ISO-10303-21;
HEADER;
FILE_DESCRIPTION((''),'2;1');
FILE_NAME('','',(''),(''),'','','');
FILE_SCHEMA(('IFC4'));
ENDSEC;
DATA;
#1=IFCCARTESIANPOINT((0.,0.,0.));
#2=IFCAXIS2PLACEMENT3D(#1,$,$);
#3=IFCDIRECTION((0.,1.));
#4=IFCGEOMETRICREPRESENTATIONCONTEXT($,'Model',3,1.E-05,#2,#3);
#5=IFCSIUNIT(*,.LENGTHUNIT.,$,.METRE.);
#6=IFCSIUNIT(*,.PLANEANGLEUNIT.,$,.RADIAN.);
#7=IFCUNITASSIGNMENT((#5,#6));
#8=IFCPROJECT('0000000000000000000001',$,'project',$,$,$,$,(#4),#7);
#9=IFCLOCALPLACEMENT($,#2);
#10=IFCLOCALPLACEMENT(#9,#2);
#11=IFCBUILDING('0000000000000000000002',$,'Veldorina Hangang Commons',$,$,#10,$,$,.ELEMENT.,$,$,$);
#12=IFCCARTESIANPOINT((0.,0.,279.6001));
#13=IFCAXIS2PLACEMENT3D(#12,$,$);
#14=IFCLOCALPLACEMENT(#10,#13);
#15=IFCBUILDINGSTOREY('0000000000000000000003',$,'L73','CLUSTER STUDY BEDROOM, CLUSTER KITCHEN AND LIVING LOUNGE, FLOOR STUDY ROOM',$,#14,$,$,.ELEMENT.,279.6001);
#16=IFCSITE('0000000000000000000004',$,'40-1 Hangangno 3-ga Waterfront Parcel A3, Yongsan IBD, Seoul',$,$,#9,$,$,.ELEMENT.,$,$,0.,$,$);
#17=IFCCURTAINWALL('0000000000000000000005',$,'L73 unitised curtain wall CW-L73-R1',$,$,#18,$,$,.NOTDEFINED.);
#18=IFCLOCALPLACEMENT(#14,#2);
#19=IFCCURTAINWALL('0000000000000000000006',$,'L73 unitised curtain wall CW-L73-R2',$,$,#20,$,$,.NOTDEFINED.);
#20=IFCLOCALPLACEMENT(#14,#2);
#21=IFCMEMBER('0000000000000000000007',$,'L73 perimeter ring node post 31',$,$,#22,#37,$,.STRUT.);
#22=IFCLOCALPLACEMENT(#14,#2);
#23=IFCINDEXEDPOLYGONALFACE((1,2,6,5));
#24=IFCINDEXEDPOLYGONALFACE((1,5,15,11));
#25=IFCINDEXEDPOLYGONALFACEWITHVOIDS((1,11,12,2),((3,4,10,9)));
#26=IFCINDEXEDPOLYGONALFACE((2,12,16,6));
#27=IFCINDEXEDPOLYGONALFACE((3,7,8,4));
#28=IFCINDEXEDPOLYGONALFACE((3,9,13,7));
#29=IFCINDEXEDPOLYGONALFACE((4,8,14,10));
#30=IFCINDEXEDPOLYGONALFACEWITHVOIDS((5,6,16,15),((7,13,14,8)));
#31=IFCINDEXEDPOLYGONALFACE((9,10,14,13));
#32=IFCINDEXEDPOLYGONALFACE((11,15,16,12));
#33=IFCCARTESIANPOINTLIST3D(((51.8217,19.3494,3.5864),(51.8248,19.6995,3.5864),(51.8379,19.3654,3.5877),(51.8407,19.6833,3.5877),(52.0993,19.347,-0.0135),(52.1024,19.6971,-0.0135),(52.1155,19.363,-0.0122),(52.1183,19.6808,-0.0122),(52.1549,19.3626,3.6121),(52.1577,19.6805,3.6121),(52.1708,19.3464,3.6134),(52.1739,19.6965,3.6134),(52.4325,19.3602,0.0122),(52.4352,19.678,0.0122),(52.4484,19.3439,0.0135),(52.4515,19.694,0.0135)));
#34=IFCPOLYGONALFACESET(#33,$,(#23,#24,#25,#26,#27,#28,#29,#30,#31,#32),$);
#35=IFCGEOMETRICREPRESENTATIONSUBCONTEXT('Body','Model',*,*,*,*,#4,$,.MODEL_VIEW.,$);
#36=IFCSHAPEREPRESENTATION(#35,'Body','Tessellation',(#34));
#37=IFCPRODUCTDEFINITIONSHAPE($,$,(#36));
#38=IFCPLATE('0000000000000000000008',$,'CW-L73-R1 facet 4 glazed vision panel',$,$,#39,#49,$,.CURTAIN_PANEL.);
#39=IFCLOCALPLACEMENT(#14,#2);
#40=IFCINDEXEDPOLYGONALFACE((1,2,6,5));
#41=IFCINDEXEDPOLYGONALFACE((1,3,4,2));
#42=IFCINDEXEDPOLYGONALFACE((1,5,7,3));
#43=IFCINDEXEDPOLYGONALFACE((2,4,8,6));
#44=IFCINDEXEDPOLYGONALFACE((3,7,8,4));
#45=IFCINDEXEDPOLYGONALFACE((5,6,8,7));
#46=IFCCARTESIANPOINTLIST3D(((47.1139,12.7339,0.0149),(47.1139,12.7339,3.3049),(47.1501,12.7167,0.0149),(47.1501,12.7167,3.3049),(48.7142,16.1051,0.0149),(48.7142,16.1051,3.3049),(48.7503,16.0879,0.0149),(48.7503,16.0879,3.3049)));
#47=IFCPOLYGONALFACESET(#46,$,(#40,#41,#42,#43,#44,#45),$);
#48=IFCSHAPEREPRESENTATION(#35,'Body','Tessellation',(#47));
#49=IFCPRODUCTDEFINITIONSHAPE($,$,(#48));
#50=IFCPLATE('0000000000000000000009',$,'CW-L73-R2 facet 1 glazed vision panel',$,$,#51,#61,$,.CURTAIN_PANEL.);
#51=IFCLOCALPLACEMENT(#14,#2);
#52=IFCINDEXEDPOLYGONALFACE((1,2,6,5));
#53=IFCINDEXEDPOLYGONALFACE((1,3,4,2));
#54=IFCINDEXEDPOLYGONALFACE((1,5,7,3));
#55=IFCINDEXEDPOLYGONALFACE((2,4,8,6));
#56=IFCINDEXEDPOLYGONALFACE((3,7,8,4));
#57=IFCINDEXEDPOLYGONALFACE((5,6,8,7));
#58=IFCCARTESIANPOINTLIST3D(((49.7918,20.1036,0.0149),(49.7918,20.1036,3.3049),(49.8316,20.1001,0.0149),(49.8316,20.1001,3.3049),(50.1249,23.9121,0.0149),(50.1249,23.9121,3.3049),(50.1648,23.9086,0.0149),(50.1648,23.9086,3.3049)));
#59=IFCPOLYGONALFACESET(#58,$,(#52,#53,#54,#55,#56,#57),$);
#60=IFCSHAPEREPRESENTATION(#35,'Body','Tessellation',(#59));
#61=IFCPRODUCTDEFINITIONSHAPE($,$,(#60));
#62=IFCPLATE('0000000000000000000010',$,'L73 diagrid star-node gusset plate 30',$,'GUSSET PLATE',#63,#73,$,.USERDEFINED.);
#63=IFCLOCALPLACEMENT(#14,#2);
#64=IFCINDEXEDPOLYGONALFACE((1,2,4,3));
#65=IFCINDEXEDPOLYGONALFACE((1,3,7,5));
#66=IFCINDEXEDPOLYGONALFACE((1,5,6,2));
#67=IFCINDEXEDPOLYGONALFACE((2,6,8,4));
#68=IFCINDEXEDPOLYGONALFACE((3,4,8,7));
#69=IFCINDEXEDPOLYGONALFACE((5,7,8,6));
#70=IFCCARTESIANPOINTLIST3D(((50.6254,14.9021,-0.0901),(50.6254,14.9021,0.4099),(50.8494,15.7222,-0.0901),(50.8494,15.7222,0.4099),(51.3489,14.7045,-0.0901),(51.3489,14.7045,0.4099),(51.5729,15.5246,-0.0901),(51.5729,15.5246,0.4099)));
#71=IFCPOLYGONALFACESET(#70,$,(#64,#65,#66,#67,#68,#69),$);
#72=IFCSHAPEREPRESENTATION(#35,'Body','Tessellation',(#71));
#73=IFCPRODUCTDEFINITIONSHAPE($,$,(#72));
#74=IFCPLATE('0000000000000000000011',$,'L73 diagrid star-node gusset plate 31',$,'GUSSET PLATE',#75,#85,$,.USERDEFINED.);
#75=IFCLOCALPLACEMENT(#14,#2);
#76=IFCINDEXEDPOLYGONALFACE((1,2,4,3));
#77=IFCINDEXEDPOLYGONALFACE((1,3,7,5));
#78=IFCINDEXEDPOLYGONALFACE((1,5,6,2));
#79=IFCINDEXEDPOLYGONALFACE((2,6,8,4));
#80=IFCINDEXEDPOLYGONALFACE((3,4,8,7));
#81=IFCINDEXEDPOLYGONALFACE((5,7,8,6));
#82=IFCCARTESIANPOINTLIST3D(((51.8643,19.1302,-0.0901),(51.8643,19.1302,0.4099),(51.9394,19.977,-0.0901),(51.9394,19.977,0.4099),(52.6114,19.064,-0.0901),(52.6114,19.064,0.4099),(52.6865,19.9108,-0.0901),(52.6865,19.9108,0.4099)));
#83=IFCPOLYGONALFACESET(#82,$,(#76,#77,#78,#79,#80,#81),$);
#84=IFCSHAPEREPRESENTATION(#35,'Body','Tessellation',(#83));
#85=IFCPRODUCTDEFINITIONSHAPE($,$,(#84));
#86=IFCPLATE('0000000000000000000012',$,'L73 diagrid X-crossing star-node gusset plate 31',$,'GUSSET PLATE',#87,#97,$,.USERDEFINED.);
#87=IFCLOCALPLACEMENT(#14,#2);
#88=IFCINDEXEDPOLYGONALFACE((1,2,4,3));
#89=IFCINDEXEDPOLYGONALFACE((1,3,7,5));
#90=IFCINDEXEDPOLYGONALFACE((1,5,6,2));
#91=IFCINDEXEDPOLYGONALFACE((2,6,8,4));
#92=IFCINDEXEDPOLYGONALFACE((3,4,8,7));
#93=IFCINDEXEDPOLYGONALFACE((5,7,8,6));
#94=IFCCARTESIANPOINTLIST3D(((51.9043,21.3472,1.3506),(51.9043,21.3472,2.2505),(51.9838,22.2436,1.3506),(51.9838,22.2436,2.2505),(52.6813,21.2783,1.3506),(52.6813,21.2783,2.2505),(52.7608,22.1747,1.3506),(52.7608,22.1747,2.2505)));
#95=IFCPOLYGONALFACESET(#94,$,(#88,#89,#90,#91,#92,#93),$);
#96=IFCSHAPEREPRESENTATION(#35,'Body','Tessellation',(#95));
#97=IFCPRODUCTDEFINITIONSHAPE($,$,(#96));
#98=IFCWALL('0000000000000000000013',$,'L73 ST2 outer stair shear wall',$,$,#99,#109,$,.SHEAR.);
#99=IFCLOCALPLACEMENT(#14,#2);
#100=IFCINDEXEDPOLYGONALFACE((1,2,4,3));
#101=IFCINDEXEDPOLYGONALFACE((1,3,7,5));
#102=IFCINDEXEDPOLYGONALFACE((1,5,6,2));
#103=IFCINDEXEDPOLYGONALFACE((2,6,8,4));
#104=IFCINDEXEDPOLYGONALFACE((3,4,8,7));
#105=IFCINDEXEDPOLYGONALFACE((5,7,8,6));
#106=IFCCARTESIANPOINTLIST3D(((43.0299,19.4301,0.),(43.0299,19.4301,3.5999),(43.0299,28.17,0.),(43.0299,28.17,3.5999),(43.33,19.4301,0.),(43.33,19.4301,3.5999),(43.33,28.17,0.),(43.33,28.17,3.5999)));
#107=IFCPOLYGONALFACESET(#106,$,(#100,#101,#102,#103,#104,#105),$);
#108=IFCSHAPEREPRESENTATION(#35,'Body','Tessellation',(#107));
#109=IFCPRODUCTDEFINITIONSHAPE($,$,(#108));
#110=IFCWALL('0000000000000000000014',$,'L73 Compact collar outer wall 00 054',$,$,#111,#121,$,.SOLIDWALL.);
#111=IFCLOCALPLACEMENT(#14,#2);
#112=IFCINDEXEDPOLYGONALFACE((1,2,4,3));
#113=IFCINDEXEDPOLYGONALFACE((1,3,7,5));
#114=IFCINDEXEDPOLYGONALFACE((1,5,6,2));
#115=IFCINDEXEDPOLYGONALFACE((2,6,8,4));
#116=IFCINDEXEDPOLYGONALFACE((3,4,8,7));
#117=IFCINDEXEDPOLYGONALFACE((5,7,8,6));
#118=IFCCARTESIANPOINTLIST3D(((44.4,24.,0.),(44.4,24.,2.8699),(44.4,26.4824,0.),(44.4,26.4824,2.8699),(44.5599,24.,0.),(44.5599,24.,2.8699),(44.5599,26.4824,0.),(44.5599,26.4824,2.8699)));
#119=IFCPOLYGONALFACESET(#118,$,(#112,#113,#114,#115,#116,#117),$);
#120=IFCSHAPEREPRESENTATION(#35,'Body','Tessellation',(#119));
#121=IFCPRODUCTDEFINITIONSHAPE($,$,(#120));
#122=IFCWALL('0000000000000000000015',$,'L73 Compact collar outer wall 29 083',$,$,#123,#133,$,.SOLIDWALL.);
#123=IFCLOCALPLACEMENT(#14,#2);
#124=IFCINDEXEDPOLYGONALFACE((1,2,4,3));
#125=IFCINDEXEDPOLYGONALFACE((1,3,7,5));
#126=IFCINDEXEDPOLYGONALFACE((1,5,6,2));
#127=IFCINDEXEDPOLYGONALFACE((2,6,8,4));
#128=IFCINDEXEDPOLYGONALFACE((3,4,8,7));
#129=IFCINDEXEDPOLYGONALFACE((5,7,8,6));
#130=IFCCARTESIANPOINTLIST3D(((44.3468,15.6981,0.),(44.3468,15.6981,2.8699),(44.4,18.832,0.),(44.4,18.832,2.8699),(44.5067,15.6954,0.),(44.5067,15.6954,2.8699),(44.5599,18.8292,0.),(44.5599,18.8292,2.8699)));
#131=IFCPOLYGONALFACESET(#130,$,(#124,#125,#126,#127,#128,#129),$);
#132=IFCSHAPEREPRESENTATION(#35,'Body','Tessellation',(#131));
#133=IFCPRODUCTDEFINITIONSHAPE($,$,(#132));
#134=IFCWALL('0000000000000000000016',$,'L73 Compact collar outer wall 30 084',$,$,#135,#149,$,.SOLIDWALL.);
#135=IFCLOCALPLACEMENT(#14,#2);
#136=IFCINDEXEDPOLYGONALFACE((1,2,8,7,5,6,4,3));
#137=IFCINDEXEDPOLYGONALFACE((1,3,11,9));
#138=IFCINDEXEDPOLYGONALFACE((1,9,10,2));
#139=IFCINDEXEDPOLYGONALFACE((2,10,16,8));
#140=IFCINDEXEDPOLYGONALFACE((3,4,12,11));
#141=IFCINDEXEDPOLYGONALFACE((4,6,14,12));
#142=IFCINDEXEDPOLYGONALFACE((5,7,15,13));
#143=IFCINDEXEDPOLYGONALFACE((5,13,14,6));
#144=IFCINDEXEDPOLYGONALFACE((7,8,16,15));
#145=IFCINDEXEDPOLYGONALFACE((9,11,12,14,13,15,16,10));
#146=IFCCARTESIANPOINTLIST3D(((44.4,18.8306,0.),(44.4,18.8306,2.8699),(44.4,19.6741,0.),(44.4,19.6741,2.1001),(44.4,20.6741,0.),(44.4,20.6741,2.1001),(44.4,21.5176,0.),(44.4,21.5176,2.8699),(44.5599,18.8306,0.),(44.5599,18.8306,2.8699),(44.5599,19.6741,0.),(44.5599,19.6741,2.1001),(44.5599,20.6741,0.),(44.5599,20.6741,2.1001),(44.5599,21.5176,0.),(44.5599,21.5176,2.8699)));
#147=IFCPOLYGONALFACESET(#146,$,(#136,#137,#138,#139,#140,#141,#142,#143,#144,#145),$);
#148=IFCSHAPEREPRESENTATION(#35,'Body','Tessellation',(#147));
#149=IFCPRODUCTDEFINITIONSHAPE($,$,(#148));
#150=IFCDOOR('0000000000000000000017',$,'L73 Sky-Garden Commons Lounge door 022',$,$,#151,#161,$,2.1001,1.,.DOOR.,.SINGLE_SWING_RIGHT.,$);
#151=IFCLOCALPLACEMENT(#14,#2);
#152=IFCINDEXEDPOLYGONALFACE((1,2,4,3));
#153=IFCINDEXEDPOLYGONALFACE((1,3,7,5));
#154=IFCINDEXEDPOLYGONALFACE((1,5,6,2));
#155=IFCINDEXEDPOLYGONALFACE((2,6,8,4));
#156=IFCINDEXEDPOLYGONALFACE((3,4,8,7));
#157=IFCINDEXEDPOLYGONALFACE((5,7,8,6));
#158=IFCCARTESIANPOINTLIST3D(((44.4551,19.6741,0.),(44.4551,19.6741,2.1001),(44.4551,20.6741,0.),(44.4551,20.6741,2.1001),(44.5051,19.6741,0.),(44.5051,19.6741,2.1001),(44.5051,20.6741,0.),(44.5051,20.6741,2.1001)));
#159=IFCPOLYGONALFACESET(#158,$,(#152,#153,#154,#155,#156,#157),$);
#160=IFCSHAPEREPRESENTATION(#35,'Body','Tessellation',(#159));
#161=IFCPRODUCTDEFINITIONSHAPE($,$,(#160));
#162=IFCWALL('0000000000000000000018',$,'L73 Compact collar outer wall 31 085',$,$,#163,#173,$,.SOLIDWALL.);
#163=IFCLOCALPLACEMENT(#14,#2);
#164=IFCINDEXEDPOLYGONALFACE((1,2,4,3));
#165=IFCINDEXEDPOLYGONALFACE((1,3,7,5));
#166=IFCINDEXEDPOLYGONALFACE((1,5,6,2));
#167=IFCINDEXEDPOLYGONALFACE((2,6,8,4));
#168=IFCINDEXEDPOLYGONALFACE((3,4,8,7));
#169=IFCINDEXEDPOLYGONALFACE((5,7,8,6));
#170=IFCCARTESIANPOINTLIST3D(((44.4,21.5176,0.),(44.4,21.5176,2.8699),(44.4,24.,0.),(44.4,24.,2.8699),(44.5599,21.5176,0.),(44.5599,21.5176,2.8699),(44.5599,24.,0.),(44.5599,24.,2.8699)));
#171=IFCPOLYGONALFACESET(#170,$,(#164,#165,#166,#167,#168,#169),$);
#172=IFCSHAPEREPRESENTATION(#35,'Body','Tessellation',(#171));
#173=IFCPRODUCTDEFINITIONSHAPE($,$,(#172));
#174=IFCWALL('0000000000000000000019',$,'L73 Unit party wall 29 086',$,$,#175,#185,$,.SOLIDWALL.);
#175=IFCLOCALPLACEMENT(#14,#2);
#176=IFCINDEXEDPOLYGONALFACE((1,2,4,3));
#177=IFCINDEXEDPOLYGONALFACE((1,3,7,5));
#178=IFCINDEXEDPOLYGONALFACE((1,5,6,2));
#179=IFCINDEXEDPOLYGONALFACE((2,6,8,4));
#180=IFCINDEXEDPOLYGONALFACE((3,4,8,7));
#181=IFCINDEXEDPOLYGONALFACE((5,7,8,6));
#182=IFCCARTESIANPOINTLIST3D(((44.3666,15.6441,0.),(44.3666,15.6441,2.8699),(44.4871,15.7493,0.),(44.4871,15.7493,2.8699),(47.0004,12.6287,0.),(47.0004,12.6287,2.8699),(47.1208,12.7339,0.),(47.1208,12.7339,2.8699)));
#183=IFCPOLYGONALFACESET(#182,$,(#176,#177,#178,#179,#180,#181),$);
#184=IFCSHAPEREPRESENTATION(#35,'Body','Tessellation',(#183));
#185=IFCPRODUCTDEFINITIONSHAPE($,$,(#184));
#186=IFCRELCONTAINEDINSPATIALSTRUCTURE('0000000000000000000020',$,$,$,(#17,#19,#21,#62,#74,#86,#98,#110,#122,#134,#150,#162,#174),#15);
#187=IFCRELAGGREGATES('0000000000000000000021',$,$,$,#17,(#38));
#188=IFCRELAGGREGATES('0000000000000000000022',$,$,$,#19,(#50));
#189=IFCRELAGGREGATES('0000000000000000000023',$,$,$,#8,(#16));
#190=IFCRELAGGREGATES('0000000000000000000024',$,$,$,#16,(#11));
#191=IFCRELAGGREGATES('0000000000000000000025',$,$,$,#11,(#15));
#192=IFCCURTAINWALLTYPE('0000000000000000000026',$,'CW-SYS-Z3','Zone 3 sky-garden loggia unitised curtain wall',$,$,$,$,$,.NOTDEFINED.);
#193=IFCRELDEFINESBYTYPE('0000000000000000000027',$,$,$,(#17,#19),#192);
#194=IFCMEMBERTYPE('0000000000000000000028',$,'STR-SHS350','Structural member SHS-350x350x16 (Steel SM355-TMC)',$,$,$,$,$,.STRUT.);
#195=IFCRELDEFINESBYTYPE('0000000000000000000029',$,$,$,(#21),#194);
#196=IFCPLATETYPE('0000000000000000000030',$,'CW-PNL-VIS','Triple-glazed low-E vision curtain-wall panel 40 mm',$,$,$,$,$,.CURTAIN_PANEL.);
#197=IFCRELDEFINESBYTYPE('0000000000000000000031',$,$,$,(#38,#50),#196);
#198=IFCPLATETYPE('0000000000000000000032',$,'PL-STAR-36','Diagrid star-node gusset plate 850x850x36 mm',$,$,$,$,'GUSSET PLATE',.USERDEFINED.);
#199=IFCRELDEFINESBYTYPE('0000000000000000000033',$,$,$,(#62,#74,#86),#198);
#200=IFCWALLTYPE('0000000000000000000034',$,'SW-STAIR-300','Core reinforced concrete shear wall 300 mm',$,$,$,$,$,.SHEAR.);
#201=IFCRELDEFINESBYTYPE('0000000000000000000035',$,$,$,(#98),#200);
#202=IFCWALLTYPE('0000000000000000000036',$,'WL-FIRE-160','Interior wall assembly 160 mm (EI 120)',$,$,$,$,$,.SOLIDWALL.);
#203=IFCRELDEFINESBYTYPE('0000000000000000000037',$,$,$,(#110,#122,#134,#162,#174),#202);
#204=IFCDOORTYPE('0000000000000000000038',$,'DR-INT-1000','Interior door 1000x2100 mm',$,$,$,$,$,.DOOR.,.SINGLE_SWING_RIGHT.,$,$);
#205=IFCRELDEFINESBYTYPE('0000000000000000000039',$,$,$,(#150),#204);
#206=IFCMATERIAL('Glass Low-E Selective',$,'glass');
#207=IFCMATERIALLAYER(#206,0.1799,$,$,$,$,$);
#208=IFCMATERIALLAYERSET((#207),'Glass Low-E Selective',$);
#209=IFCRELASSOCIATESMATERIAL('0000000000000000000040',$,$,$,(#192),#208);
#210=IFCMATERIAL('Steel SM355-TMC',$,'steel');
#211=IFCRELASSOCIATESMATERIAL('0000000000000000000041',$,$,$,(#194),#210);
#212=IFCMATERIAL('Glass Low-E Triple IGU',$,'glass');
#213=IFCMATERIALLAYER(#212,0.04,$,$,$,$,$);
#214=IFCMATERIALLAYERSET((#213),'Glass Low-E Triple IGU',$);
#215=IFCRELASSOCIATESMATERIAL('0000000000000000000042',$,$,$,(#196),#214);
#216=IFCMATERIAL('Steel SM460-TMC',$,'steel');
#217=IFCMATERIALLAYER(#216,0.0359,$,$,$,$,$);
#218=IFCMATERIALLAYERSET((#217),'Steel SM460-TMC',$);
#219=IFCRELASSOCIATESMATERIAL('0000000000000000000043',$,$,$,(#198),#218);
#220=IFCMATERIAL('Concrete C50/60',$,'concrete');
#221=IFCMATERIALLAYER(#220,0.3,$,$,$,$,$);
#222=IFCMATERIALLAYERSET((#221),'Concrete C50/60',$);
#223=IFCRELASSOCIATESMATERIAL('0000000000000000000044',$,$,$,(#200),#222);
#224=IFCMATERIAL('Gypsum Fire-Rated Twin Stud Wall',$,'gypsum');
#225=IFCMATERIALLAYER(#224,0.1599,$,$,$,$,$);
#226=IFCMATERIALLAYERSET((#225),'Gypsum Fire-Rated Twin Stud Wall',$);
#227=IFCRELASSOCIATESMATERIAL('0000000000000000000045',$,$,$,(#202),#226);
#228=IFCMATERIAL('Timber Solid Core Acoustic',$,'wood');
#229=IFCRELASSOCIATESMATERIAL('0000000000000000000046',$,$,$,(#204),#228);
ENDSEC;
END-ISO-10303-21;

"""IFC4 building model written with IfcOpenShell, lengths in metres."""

from ifc_helpers import new_model, si_unit, direction, frame, frame_2d, origin, origin_2d, place, context, subcontext, project, spatial, rectangle, hollow_rectangle, extrude, material, layer, layer_set, material_profile, profile_set, type_object, element, fill, aggregate, save


model = new_model("IFC4")

# Units and contexts
model_context = context("Model", 3, precision=1e-05, world=origin(), true_north=direction((0.0, 1.0)))
body_context = subcontext(model_context, "Body", "Model", "MODEL_VIEW")
ifc_project = project(units=[si_unit("LENGTHUNIT", "METRE"), si_unit("PLANEANGLEUNIT", "RADIAN")], contexts=[model_context])

# Site, building, storey
site_placement = place(None, origin())
site = spatial("IfcSite", under=ifc_project, at=site_placement, Name="40-1 Hangangno 3-ga Waterfront Parcel A3, Yongsan IBD, Seoul", CompositionType="ELEMENT", RefElevation=0.0)
building_placement = place(site_placement, origin())
building = spatial("IfcBuilding", under=site, at=building_placement, Name="Veldorina Hangang Commons", CompositionType="ELEMENT")
storey_placement = place(building_placement, frame((0.0, 0.0, 279.6001)))
storey = spatial("IfcBuildingStorey", under=building, at=storey_placement, Name="L73", Description="CLUSTER STUDY BEDROOM, CLUSTER KITCHEN AND LIVING LOUNGE, FLOOR STUDY ROOM", CompositionType="ELEMENT", Elevation=279.6001)

# Shared definitions
ifc_material_1 = material(Name="Steel SM355-TMC", Category="steel")

# Curtain wall
ifc_material_2 = material(Name="Glass Low-E Selective", Category="glass")
ifc_layer_1 = layer(ifc_material_2, 0.1799)
ifc_layer_set_1 = layer_set([ifc_layer_1], Name="Glass Low-E Selective")
curtain_wall_type = type_object("IfcCurtainWallType", Name="CW-SYS-Z3", Description="Zone 3 sky-garden loggia unitised curtain wall", PredefinedType="NOTDEFINED", material=ifc_layer_set_1)
curtain_wall_1_placement = place(storey_placement, origin())
curtain_wall_1 = element("IfcCurtainWall", 1, at=curtain_wall_1_placement, inside=storey, type_object=curtain_wall_type, Name="L73 unitised curtain wall CW-L73-R1", PredefinedType="NOTDEFINED")

# Curtain wall
curtain_wall_2_placement = place(storey_placement, origin())
curtain_wall_2 = element("IfcCurtainWall", 2, at=curtain_wall_2_placement, inside=storey, type_object=curtain_wall_type, Name="L73 unitised curtain wall CW-L73-R2", PredefinedType="NOTDEFINED")

# Member
ifc_material_profile_1 = material_profile(ifc_material_1, hollow_rectangle(XDim=0.3501, YDim=0.3501, WallThickness=0.0161, at=origin_2d()), Name="SHS-350x350x16")
ifc_profile_set_1 = profile_set([ifc_material_profile_1], Name="Steel SM355-TMC")
member_type_1 = type_object("IfcMemberType", Name="STR-SHS350", Description="Structural member SHS-350x350x16 (Steel SM355-TMC)", PredefinedType="STRUT", material=ifc_profile_set_1)
member_1_placement = place(storey_placement, frame((52.2754, 19.5205, 0.0), z_axis=(-0.076883, 0.000676, 0.99704), x_axis=(-0.008795, -0.999961, 0.0)))
element("IfcMember", 3, at=member_1_placement, inside=storey, type_object=member_type_1, Name="L73 perimeter ring node post 31", PredefinedType="STRUT", context=body_context, shape_type="SweptSolid", body=[
    extrude(hollow_rectangle(XDim=0.3501, YDim=0.3501, WallThickness=0.0161, at=origin_2d()), origin(), (0.0, 0.0, 1.0), 3.6106),
])

# Plates
ifc_material_3 = material(Name="Glass Low-E Triple IGU", Category="glass")
ifc_layer_2 = layer(ifc_material_3, 0.04)
ifc_layer_set_2 = layer_set([ifc_layer_2], Name="Glass Low-E Triple IGU")
plate_type_1 = type_object("IfcPlateType", Name="CW-PNL-VIS", Description="Triple-glazed low-E vision curtain-wall panel 40 mm", PredefinedType="CURTAIN_PANEL", material=ifc_layer_set_2)
plate_1_placement = place(storey_placement, frame((47.9321, 14.4109, 0.0149), z_axis=(0.0, 0.0, 1.0), x_axis=(0.428825, 0.903388, 0.0)))
plate_1 = element("IfcPlate", 4, at=plate_1_placement, type_object=plate_type_1, Name="CW-L73-R1 facet 4 glazed vision panel", PredefinedType="CURTAIN_PANEL", context=body_context, shape_type="SweptSolid", body=[
    extrude(rectangle(XDim=3.7317, YDim=0.04, at=origin_2d()), origin(), (0.0, 0.0, 1.0), 3.29),
])
aggregate(curtain_wall_1, [plate_1])
plate_2_placement = place(storey_placement, frame((49.9783, 22.0061, 0.0149), z_axis=(0.0, 0.0, 1.0), x_axis=(0.087138, 0.996196, 0.0)))
plate_2 = element("IfcPlate", 5, at=plate_2_placement, type_object=plate_type_1, Name="CW-L73-R2 facet 1 glazed vision panel", PredefinedType="CURTAIN_PANEL", context=body_context, shape_type="SweptSolid", body=[
    extrude(rectangle(XDim=3.823, YDim=0.04, at=origin_2d()), origin(), (0.0, 0.0, 1.0), 3.29),
])
aggregate(curtain_wall_2, [plate_2])

# Plates
ifc_material_4 = material(Name="Steel SM460-TMC", Category="steel")
ifc_layer_3 = layer(ifc_material_4, 0.0359)
ifc_layer_set_3 = layer_set([ifc_layer_3], Name="Steel SM460-TMC")
plate_type_2 = type_object("IfcPlateType", Name="PL-STAR-36", Description="Diagrid star-node gusset plate 850x850x36 mm", ElementType="GUSSET PLATE", PredefinedType="USERDEFINED", material=ifc_layer_set_3)
for number, where, z_axis, x_axis, name in (
    (6, (51.0991, 15.2134, -0.0901), (0.0, 0.0, 1.0), (0.263469, 0.964668, 0.0), "L73 diagrid star-node gusset plate 30"),
    (7, (52.2754, 19.5205, -0.0901), (0.0, 0.0, 1.0), (0.088321, 0.996092, 0.0), "L73 diagrid star-node gusset plate 31"),
):
    element("IfcPlate", number, at=place(storey_placement, frame(where, z_axis=z_axis, x_axis=x_axis)), inside=storey, type_object=plate_type_2, Name=name, ObjectType="GUSSET PLATE", PredefinedType="USERDEFINED", context=body_context, shape_type="SweptSolid", body=[
        extrude(rectangle(XDim=0.8501, YDim=0.75, at=origin_2d()), origin(), (0.0, 0.0, 1.0), 0.5),
    ])
plate_3_placement = place(storey_placement, frame((52.3325, 21.761, 1.3506), z_axis=(0.0, 0.0, 1.0), x_axis=(0.088321, 0.996092, 0.0)))
element("IfcPlate", 8, at=plate_3_placement, inside=storey, type_object=plate_type_2, Name="L73 diagrid X-crossing star-node gusset plate 31", ObjectType="GUSSET PLATE", PredefinedType="USERDEFINED", context=body_context, shape_type="SweptSolid", body=[
    extrude(rectangle(XDim=0.8999, YDim=0.78, at=origin_2d()), origin(), (0.0, 0.0, 1.0), 0.8999),
])

# Walls
ifc_material_5 = material(Name="Concrete C50/60", Category="concrete")
ifc_layer_4 = layer(ifc_material_5, 0.3)
ifc_layer_set_4 = layer_set([ifc_layer_4], Name="Concrete C50/60")
wall_type_1 = type_object("IfcWallType", Name="SW-STAIR-300", Description="Core reinforced concrete shear wall 300 mm", PredefinedType="SHEAR", material=ifc_layer_set_4)
wall_1_placement = place(storey_placement, frame((43.1799, 19.4299, 0.0), z_axis=(0.0, 0.0, 1.0), x_axis=(0.0, 1.0, 0.0)))
element("IfcWall", 9, at=wall_1_placement, inside=storey, type_object=wall_type_1, Name="L73 ST2 outer stair shear wall", PredefinedType="SHEAR", context=body_context, shape_type="SweptSolid", body=[
    extrude(rectangle(XDim=8.74, YDim=0.3, at=frame_2d((4.3701, 0.0))), origin(), (0.0, 0.0, 1.0), 3.5999),
])
ifc_material_6 = material(Name="Gypsum Fire-Rated Twin Stud Wall", Category="gypsum")
ifc_layer_5 = layer(ifc_material_6, 0.1599)
ifc_layer_set_5 = layer_set([ifc_layer_5], Name="Gypsum Fire-Rated Twin Stud Wall")
wall_type_2 = type_object("IfcWallType", Name="WL-FIRE-160", Description="Interior wall assembly 160 mm (EI 120)", PredefinedType="SOLIDWALL", material=ifc_layer_set_5)
wall_2_placement = place(storey_placement, frame((44.48, 24.0, 0.0), z_axis=(0.0, 0.0, 1.0), x_axis=(0.0, 1.0, 0.0)))
element("IfcWall", 10, at=wall_2_placement, inside=storey, type_object=wall_type_2, Name="L73 Compact collar outer wall 00 054", PredefinedType="SOLIDWALL", context=body_context, shape_type="SweptSolid", body=[
    extrude(rectangle(XDim=2.4824, YDim=0.1599, at=frame_2d((1.2412, 0.0))), origin(), (0.0, 0.0, 1.0), 2.8699),
])
wall_3_placement = place(storey_placement, frame((44.4268, 15.6968, 0.0), z_axis=(0.0, 0.0, 1.0), x_axis=(0.016981, 0.999856, 0.0)))
element("IfcWall", 11, at=wall_3_placement, inside=storey, type_object=wall_type_2, Name="L73 Compact collar outer wall 29 083", PredefinedType="SOLIDWALL", context=body_context, shape_type="SweptSolid", body=[
    extrude(rectangle(XDim=3.1343, YDim=0.1599, at=frame_2d((1.5671, 0.0))), origin(), (0.0, 0.0, 1.0), 2.8699),
])

# Wall, opening, door
wall_4_placement = place(storey_placement, frame((44.48, 18.8306, 0.0), z_axis=(0.0, 0.0, 1.0), x_axis=(0.0, 1.0, 0.0)))
wall_4 = element("IfcWall", 12, at=wall_4_placement, inside=storey, type_object=wall_type_2, Name="L73 Compact collar outer wall 30 084", PredefinedType="SOLIDWALL", context=body_context, shape_type="SweptSolid", body=[
    extrude(rectangle(XDim=2.687, YDim=0.1599, at=frame_2d((1.3435, 0.0))), origin(), (0.0, 0.0, 1.0), 2.8699),
])
opening_1_placement = place(wall_4_placement, frame((0.8435, 0.0, 0.0)))
opening_1 = element("IfcOpeningElement", 13, at=opening_1_placement, cuts=wall_4, PredefinedType="OPENING", context=body_context, shape_type="SweptSolid", body=[
    extrude(rectangle(XDim=1.0, YDim=2.1001, at=frame_2d((0.5, 1.05))), frame((0.0, 0.0898, 0.0), z_axis=(0.0, -1.0, 0.0), x_axis=(1.0, 0.0, 0.0)), (0.0, 0.0, 1.0), 0.1799),
])
ifc_material_7 = material(Name="Timber Solid Core Acoustic", Category="wood")
door_type_1 = type_object("IfcDoorType", Name="DR-INT-1000", Description="Interior door 1000x2100 mm", OperationType="SINGLE_SWING_RIGHT", PredefinedType="DOOR", material=ifc_material_7)
door_1_placement = place(opening_1_placement, origin())
door_1 = element("IfcDoor", 14, at=door_1_placement, inside=storey, type_object=door_type_1, Name="L73 Sky-Garden Commons Lounge door 022", OperationType="SINGLE_SWING_RIGHT", OverallHeight=2.1001, OverallWidth=1.0, PredefinedType="DOOR", context=body_context, shape_type="SweptSolid", body=[
    extrude(rectangle(XDim=1.0, YDim=2.1001, at=frame_2d((0.5, 1.05))), frame((0.0, 0.0249, 0.0), z_axis=(0.0, -1.0, 0.0), x_axis=(1.0, 0.0, 0.0)), (0.0, 0.0, 1.0), 0.05),
])
fill(opening_1, door_1)

# Walls
wall_5_placement = place(storey_placement, frame((44.48, 21.5176, 0.0), z_axis=(0.0, 0.0, 1.0), x_axis=(0.0, 1.0, 0.0)))
element("IfcWall", 15, at=wall_5_placement, inside=storey, type_object=wall_type_2, Name="L73 Compact collar outer wall 31 085", PredefinedType="SOLIDWALL", context=body_context, shape_type="SweptSolid", body=[
    extrude(rectangle(XDim=2.4824, YDim=0.1599, at=frame_2d((1.2412, 0.0))), origin(), (0.0, 0.0, 1.0), 2.8699),
])
wall_6_placement = place(storey_placement, frame((44.4268, 15.6968, 0.0), z_axis=(0.0, 0.0, 1.0), x_axis=(0.657844, -0.753154, 0.0)))
element("IfcWall", 16, at=wall_6_placement, inside=storey, type_object=wall_type_2, Name="L73 Unit party wall 29 086", PredefinedType="SOLIDWALL", context=body_context, shape_type="SweptSolid", body=[
    extrude(rectangle(XDim=4.0037, YDim=0.1599, at=frame_2d((2.002, 0.0))), origin(), (0.0, 0.0, 1.0), 2.8699),
])

save(model, "model.ifc")
